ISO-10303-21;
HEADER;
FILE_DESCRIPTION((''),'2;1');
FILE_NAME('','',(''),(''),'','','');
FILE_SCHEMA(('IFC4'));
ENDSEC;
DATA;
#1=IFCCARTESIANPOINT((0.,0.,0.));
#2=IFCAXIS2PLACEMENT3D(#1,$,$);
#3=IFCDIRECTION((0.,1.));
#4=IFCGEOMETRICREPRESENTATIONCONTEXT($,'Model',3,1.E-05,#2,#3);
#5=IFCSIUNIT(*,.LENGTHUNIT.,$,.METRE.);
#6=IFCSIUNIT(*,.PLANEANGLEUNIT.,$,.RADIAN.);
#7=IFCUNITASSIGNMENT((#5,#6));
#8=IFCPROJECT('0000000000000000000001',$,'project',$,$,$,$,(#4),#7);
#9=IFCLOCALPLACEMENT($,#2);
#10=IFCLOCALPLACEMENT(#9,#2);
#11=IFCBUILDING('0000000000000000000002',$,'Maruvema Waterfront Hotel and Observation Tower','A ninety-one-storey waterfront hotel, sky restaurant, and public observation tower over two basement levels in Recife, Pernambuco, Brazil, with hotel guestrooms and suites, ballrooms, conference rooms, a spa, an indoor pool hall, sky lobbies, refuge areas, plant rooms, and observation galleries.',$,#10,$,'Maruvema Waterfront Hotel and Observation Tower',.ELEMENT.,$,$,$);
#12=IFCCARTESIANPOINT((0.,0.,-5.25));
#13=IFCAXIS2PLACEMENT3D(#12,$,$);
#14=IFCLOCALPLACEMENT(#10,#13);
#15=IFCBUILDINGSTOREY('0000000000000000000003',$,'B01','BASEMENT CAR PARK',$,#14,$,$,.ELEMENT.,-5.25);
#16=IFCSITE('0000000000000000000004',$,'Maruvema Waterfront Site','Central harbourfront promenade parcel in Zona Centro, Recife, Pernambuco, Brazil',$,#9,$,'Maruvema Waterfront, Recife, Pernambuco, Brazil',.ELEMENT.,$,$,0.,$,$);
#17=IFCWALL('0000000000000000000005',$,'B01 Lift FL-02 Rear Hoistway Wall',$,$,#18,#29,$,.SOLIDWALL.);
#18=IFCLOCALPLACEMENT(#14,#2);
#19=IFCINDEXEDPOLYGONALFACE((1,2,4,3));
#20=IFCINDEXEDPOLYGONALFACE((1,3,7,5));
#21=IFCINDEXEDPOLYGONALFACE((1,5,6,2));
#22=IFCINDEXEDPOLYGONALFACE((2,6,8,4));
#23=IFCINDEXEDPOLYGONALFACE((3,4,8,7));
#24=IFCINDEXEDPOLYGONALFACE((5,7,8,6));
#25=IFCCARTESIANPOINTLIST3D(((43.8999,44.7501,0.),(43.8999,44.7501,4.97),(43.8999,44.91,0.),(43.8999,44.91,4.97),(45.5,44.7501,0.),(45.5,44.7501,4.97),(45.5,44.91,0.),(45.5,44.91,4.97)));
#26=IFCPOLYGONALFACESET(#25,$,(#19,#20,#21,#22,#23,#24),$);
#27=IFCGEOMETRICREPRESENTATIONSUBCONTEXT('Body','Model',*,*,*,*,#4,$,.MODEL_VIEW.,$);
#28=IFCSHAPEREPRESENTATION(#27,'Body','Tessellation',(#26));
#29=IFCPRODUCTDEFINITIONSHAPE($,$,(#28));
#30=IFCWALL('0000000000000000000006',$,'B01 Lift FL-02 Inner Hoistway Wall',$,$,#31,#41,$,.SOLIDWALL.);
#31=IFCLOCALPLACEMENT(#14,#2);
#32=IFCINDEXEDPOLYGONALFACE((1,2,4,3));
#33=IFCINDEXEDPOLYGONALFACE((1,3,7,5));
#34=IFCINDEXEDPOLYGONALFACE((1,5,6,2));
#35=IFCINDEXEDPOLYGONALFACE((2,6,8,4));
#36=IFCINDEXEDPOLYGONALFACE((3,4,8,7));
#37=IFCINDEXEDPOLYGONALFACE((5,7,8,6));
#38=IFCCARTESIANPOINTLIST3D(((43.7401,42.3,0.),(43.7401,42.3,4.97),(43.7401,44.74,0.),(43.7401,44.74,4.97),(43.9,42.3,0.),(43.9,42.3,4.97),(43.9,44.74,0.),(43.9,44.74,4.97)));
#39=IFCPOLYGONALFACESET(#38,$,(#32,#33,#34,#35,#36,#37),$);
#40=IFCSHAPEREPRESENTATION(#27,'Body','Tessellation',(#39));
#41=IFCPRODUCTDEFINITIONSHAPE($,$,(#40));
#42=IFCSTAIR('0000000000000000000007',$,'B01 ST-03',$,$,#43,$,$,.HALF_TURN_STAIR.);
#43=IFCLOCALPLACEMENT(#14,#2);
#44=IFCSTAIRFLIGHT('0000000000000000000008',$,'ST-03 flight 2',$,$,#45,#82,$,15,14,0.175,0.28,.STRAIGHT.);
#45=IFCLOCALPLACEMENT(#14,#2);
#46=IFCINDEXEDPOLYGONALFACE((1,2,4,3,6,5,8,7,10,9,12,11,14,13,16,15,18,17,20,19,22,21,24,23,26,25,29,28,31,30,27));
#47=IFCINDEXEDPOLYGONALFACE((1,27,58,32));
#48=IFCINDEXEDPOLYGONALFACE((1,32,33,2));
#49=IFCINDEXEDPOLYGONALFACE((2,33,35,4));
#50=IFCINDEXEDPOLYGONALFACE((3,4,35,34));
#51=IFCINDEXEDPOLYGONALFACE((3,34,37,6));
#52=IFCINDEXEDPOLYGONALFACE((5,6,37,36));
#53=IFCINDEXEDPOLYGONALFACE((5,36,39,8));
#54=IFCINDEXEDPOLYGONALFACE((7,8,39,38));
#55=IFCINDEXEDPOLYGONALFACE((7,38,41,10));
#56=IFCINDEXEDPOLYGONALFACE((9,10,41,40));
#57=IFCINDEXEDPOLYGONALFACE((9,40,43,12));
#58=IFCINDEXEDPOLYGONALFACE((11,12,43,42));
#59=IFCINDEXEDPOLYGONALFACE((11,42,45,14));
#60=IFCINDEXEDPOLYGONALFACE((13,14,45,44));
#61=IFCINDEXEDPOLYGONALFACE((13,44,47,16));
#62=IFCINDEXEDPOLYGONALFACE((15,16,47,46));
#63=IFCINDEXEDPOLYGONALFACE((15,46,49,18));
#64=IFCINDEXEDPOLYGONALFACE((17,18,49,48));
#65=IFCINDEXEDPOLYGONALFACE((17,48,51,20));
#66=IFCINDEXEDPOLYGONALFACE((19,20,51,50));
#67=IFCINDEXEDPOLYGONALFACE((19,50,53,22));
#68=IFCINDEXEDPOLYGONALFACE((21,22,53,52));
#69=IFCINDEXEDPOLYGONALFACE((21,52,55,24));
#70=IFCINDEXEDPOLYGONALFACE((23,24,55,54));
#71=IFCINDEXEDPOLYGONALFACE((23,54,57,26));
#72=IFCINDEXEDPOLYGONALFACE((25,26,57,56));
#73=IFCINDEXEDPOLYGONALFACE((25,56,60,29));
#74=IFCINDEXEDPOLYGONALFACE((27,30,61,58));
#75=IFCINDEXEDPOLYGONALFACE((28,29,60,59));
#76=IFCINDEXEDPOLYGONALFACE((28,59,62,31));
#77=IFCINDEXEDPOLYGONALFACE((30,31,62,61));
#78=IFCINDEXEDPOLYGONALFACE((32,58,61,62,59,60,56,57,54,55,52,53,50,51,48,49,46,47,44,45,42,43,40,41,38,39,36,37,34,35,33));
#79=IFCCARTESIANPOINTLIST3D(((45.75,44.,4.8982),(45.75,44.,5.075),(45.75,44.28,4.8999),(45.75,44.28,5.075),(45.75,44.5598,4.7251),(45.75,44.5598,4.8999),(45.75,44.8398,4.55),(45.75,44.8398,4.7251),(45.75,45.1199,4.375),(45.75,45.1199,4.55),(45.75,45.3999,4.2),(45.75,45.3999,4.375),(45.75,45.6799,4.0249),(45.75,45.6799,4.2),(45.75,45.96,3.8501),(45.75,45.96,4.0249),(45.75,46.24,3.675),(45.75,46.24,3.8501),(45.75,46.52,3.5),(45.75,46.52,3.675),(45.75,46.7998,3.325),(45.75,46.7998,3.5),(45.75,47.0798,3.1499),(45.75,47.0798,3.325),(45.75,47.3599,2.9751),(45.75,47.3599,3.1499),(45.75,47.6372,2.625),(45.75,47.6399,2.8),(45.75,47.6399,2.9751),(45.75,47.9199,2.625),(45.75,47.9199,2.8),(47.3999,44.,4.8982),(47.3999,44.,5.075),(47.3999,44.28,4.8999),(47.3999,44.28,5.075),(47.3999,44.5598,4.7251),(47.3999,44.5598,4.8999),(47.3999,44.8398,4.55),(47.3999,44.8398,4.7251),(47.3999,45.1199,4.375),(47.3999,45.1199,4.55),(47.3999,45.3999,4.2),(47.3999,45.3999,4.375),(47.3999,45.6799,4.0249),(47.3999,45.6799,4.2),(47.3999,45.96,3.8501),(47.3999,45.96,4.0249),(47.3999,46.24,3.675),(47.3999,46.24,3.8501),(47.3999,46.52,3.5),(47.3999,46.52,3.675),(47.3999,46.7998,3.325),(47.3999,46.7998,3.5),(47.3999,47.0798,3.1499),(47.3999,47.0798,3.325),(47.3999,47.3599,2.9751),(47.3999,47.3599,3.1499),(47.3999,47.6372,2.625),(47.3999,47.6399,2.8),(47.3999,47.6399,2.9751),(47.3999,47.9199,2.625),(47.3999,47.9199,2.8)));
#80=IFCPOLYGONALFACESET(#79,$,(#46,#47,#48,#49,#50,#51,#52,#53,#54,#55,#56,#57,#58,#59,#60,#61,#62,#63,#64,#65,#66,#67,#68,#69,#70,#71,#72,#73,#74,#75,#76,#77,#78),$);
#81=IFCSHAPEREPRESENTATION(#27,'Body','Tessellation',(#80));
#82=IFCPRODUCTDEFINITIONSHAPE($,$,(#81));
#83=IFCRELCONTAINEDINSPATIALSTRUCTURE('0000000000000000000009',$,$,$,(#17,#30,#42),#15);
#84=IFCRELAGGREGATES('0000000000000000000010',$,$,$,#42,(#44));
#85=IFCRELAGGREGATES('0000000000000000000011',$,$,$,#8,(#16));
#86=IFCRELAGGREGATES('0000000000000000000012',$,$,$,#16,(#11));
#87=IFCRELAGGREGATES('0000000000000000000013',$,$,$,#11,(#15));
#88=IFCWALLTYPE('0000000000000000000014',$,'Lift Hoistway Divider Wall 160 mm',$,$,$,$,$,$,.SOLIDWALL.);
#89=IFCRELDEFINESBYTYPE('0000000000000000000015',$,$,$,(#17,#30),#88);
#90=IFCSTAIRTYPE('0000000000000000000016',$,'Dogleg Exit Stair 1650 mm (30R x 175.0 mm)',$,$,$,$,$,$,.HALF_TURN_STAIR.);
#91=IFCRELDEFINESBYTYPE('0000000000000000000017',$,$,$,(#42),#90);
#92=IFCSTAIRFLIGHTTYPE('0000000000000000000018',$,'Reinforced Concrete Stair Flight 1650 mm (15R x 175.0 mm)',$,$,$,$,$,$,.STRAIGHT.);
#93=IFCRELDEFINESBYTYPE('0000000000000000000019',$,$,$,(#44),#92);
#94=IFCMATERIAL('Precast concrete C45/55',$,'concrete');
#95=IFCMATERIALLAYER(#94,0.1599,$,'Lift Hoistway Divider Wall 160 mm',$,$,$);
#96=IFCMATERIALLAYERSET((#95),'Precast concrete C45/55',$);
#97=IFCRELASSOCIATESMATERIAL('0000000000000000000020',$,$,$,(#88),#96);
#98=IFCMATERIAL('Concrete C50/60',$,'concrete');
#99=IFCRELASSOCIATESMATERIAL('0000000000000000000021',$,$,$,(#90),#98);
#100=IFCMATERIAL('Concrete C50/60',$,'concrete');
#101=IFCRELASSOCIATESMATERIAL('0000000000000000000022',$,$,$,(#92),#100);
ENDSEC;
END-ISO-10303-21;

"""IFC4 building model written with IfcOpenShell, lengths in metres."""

from ifc_helpers import new_model, si_unit, direction, frame, frame_2d, origin, place, context, subcontext, project, spatial, polyline, rectangle, outline, extrude, material, layer, layer_set, type_object, element, aggregate, save


model = new_model("IFC4")

# Units and contexts
model_context = context("Model", 3, precision=1e-05, world=origin(), true_north=direction((0.0, 1.0)))
body_context = subcontext(model_context, "Body", "Model", "MODEL_VIEW")
ifc_project = project(units=[si_unit("LENGTHUNIT", "METRE"), si_unit("PLANEANGLEUNIT", "RADIAN")], contexts=[model_context])

# Site, building, storey
site_placement = place(None, origin())
site = spatial("IfcSite", under=ifc_project, at=site_placement, Name="Maruvema Waterfront Site", Description="Central harbourfront promenade parcel in Zona Centro, Recife, Pernambuco, Brazil", LongName="Maruvema Waterfront, Recife, Pernambuco, Brazil", CompositionType="ELEMENT", RefElevation=0.0)
building_placement = place(site_placement, origin())
building = spatial("IfcBuilding", under=site, at=building_placement, Name="Maruvema Waterfront Hotel and Observation Tower", Description="A ninety-one-storey waterfront hotel, sky restaurant, and public observation tower over two basement levels in Recife, Pernambuco, Brazil, with hotel guestrooms and suites, ballrooms, conference rooms, a spa, an indoor pool hall, sky lobbies, refuge areas, plant rooms, and observation galleries.", LongName="Maruvema Waterfront Hotel and Observation Tower", CompositionType="ELEMENT")
storey_placement = place(building_placement, frame((0.0, 0.0, -5.25)))
storey = spatial("IfcBuildingStorey", under=building, at=storey_placement, Name="B01", Description="BASEMENT CAR PARK", CompositionType="ELEMENT", Elevation=-5.25)

# Walls
ifc_material_1 = material(Name="Precast concrete C45/55", Category="concrete")
ifc_layer_1 = layer(ifc_material_1, 0.1599, Name="Lift Hoistway Divider Wall 160 mm")
ifc_layer_set_1 = layer_set([ifc_layer_1], Name="Precast concrete C45/55")
wall_type_1 = type_object("IfcWallType", Name="Lift Hoistway Divider Wall 160 mm", PredefinedType="SOLIDWALL", material=ifc_layer_set_1)
wall_1_placement = place(storey_placement, frame((43.8999, 44.8301, 0.0), z_axis=(0.0, 0.0, 1.0), x_axis=(1.0, 0.0, 0.0)))
element("IfcWall", 1, at=wall_1_placement, inside=storey, type_object=wall_type_1, Name="B01 Lift FL-02 Rear Hoistway Wall", PredefinedType="SOLIDWALL", context=body_context, shape_type="SweptSolid", body=[
    extrude(rectangle(XDim=1.6001, YDim=0.1599, at=frame_2d((0.8, 0.0))), origin(), (0.0, 0.0, 1.0), 4.97),
])
wall_2_placement = place(storey_placement, frame((43.8201, 42.3, 0.0), z_axis=(0.0, 0.0, 1.0), x_axis=(0.0, 1.0, 0.0)))
element("IfcWall", 2, at=wall_2_placement, inside=storey, type_object=wall_type_1, Name="B01 Lift FL-02 Inner Hoistway Wall", PredefinedType="SOLIDWALL", context=body_context, shape_type="SweptSolid", body=[
    extrude(rectangle(XDim=2.4399, YDim=0.1599, at=frame_2d((1.22, 0.0))), origin(), (0.0, 0.0, 1.0), 4.97),
])

# Stair, stair flight
ifc_material_2 = material(Name="Concrete C50/60", Category="concrete")
stair_type = type_object("IfcStairType", Name="Dogleg Exit Stair 1650 mm (30R x 175.0 mm)", PredefinedType="HALF_TURN_STAIR", material=ifc_material_2)
stair_placement = place(storey_placement, origin())
stair = element("IfcStair", 3, at=stair_placement, inside=storey, type_object=stair_type, Name="B01 ST-03", PredefinedType="HALF_TURN_STAIR")
ifc_material_3 = material(Name="Concrete C50/60", Category="concrete")
stair_flight_type = type_object("IfcStairFlightType", Name="Reinforced Concrete Stair Flight 1650 mm (15R x 175.0 mm)", PredefinedType="STRAIGHT", material=ifc_material_3)
stair_flight_placement = place(storey_placement, frame((46.575, 47.9199, 2.625), z_axis=(0.0, 0.0, 1.0), x_axis=(0.0, -1.0, 0.0)))
stair_flight = element("IfcStairFlight", 4, at=stair_flight_placement, type_object=stair_flight_type, Name="ST-03 flight 2", NumberOfRisers=15, NumberOfTreads=14, PredefinedType="STRAIGHT", RiserHeight=0.175, TreadLength=0.28, context=body_context, shape_type="SweptSolid", body=[
    extrude(outline(polyline([(0.0, 0.0), (0.0, 0.175), (0.28, 0.175), (0.28, 0.3501), (0.5601, 0.3501), (0.5601, 0.5249), (0.8401, 0.5249), (0.8401, 0.7), (1.1201, 0.7), (1.1201, 0.875), (1.3999, 0.875), (1.3999, 1.05), (1.6799, 1.05), (1.6799, 1.2251), (1.96, 1.2251), (1.96, 1.3999), (2.24, 1.3999), (2.24, 1.575), (2.52, 1.575), (2.52, 1.75), (2.8, 1.75), (2.8, 1.925), (3.0801, 1.925), (3.0801, 2.1001), (3.3601, 2.1001), (3.3601, 2.2749), (3.6399, 2.2749), (3.6399, 2.45), (3.9199, 2.45), (3.9199, 2.625), (3.9199, 2.2732), (0.2827, 0.0), (0.0, 0.0)])), frame((0.0, 0.825, 0.0), z_axis=(0.0, -1.0, 0.0), x_axis=(1.0, 0.0, 0.0)), (0.0, 0.0, 1.0), 1.6499),
])
aggregate(stair, [stair_flight])

save(model, "model.ifc")
